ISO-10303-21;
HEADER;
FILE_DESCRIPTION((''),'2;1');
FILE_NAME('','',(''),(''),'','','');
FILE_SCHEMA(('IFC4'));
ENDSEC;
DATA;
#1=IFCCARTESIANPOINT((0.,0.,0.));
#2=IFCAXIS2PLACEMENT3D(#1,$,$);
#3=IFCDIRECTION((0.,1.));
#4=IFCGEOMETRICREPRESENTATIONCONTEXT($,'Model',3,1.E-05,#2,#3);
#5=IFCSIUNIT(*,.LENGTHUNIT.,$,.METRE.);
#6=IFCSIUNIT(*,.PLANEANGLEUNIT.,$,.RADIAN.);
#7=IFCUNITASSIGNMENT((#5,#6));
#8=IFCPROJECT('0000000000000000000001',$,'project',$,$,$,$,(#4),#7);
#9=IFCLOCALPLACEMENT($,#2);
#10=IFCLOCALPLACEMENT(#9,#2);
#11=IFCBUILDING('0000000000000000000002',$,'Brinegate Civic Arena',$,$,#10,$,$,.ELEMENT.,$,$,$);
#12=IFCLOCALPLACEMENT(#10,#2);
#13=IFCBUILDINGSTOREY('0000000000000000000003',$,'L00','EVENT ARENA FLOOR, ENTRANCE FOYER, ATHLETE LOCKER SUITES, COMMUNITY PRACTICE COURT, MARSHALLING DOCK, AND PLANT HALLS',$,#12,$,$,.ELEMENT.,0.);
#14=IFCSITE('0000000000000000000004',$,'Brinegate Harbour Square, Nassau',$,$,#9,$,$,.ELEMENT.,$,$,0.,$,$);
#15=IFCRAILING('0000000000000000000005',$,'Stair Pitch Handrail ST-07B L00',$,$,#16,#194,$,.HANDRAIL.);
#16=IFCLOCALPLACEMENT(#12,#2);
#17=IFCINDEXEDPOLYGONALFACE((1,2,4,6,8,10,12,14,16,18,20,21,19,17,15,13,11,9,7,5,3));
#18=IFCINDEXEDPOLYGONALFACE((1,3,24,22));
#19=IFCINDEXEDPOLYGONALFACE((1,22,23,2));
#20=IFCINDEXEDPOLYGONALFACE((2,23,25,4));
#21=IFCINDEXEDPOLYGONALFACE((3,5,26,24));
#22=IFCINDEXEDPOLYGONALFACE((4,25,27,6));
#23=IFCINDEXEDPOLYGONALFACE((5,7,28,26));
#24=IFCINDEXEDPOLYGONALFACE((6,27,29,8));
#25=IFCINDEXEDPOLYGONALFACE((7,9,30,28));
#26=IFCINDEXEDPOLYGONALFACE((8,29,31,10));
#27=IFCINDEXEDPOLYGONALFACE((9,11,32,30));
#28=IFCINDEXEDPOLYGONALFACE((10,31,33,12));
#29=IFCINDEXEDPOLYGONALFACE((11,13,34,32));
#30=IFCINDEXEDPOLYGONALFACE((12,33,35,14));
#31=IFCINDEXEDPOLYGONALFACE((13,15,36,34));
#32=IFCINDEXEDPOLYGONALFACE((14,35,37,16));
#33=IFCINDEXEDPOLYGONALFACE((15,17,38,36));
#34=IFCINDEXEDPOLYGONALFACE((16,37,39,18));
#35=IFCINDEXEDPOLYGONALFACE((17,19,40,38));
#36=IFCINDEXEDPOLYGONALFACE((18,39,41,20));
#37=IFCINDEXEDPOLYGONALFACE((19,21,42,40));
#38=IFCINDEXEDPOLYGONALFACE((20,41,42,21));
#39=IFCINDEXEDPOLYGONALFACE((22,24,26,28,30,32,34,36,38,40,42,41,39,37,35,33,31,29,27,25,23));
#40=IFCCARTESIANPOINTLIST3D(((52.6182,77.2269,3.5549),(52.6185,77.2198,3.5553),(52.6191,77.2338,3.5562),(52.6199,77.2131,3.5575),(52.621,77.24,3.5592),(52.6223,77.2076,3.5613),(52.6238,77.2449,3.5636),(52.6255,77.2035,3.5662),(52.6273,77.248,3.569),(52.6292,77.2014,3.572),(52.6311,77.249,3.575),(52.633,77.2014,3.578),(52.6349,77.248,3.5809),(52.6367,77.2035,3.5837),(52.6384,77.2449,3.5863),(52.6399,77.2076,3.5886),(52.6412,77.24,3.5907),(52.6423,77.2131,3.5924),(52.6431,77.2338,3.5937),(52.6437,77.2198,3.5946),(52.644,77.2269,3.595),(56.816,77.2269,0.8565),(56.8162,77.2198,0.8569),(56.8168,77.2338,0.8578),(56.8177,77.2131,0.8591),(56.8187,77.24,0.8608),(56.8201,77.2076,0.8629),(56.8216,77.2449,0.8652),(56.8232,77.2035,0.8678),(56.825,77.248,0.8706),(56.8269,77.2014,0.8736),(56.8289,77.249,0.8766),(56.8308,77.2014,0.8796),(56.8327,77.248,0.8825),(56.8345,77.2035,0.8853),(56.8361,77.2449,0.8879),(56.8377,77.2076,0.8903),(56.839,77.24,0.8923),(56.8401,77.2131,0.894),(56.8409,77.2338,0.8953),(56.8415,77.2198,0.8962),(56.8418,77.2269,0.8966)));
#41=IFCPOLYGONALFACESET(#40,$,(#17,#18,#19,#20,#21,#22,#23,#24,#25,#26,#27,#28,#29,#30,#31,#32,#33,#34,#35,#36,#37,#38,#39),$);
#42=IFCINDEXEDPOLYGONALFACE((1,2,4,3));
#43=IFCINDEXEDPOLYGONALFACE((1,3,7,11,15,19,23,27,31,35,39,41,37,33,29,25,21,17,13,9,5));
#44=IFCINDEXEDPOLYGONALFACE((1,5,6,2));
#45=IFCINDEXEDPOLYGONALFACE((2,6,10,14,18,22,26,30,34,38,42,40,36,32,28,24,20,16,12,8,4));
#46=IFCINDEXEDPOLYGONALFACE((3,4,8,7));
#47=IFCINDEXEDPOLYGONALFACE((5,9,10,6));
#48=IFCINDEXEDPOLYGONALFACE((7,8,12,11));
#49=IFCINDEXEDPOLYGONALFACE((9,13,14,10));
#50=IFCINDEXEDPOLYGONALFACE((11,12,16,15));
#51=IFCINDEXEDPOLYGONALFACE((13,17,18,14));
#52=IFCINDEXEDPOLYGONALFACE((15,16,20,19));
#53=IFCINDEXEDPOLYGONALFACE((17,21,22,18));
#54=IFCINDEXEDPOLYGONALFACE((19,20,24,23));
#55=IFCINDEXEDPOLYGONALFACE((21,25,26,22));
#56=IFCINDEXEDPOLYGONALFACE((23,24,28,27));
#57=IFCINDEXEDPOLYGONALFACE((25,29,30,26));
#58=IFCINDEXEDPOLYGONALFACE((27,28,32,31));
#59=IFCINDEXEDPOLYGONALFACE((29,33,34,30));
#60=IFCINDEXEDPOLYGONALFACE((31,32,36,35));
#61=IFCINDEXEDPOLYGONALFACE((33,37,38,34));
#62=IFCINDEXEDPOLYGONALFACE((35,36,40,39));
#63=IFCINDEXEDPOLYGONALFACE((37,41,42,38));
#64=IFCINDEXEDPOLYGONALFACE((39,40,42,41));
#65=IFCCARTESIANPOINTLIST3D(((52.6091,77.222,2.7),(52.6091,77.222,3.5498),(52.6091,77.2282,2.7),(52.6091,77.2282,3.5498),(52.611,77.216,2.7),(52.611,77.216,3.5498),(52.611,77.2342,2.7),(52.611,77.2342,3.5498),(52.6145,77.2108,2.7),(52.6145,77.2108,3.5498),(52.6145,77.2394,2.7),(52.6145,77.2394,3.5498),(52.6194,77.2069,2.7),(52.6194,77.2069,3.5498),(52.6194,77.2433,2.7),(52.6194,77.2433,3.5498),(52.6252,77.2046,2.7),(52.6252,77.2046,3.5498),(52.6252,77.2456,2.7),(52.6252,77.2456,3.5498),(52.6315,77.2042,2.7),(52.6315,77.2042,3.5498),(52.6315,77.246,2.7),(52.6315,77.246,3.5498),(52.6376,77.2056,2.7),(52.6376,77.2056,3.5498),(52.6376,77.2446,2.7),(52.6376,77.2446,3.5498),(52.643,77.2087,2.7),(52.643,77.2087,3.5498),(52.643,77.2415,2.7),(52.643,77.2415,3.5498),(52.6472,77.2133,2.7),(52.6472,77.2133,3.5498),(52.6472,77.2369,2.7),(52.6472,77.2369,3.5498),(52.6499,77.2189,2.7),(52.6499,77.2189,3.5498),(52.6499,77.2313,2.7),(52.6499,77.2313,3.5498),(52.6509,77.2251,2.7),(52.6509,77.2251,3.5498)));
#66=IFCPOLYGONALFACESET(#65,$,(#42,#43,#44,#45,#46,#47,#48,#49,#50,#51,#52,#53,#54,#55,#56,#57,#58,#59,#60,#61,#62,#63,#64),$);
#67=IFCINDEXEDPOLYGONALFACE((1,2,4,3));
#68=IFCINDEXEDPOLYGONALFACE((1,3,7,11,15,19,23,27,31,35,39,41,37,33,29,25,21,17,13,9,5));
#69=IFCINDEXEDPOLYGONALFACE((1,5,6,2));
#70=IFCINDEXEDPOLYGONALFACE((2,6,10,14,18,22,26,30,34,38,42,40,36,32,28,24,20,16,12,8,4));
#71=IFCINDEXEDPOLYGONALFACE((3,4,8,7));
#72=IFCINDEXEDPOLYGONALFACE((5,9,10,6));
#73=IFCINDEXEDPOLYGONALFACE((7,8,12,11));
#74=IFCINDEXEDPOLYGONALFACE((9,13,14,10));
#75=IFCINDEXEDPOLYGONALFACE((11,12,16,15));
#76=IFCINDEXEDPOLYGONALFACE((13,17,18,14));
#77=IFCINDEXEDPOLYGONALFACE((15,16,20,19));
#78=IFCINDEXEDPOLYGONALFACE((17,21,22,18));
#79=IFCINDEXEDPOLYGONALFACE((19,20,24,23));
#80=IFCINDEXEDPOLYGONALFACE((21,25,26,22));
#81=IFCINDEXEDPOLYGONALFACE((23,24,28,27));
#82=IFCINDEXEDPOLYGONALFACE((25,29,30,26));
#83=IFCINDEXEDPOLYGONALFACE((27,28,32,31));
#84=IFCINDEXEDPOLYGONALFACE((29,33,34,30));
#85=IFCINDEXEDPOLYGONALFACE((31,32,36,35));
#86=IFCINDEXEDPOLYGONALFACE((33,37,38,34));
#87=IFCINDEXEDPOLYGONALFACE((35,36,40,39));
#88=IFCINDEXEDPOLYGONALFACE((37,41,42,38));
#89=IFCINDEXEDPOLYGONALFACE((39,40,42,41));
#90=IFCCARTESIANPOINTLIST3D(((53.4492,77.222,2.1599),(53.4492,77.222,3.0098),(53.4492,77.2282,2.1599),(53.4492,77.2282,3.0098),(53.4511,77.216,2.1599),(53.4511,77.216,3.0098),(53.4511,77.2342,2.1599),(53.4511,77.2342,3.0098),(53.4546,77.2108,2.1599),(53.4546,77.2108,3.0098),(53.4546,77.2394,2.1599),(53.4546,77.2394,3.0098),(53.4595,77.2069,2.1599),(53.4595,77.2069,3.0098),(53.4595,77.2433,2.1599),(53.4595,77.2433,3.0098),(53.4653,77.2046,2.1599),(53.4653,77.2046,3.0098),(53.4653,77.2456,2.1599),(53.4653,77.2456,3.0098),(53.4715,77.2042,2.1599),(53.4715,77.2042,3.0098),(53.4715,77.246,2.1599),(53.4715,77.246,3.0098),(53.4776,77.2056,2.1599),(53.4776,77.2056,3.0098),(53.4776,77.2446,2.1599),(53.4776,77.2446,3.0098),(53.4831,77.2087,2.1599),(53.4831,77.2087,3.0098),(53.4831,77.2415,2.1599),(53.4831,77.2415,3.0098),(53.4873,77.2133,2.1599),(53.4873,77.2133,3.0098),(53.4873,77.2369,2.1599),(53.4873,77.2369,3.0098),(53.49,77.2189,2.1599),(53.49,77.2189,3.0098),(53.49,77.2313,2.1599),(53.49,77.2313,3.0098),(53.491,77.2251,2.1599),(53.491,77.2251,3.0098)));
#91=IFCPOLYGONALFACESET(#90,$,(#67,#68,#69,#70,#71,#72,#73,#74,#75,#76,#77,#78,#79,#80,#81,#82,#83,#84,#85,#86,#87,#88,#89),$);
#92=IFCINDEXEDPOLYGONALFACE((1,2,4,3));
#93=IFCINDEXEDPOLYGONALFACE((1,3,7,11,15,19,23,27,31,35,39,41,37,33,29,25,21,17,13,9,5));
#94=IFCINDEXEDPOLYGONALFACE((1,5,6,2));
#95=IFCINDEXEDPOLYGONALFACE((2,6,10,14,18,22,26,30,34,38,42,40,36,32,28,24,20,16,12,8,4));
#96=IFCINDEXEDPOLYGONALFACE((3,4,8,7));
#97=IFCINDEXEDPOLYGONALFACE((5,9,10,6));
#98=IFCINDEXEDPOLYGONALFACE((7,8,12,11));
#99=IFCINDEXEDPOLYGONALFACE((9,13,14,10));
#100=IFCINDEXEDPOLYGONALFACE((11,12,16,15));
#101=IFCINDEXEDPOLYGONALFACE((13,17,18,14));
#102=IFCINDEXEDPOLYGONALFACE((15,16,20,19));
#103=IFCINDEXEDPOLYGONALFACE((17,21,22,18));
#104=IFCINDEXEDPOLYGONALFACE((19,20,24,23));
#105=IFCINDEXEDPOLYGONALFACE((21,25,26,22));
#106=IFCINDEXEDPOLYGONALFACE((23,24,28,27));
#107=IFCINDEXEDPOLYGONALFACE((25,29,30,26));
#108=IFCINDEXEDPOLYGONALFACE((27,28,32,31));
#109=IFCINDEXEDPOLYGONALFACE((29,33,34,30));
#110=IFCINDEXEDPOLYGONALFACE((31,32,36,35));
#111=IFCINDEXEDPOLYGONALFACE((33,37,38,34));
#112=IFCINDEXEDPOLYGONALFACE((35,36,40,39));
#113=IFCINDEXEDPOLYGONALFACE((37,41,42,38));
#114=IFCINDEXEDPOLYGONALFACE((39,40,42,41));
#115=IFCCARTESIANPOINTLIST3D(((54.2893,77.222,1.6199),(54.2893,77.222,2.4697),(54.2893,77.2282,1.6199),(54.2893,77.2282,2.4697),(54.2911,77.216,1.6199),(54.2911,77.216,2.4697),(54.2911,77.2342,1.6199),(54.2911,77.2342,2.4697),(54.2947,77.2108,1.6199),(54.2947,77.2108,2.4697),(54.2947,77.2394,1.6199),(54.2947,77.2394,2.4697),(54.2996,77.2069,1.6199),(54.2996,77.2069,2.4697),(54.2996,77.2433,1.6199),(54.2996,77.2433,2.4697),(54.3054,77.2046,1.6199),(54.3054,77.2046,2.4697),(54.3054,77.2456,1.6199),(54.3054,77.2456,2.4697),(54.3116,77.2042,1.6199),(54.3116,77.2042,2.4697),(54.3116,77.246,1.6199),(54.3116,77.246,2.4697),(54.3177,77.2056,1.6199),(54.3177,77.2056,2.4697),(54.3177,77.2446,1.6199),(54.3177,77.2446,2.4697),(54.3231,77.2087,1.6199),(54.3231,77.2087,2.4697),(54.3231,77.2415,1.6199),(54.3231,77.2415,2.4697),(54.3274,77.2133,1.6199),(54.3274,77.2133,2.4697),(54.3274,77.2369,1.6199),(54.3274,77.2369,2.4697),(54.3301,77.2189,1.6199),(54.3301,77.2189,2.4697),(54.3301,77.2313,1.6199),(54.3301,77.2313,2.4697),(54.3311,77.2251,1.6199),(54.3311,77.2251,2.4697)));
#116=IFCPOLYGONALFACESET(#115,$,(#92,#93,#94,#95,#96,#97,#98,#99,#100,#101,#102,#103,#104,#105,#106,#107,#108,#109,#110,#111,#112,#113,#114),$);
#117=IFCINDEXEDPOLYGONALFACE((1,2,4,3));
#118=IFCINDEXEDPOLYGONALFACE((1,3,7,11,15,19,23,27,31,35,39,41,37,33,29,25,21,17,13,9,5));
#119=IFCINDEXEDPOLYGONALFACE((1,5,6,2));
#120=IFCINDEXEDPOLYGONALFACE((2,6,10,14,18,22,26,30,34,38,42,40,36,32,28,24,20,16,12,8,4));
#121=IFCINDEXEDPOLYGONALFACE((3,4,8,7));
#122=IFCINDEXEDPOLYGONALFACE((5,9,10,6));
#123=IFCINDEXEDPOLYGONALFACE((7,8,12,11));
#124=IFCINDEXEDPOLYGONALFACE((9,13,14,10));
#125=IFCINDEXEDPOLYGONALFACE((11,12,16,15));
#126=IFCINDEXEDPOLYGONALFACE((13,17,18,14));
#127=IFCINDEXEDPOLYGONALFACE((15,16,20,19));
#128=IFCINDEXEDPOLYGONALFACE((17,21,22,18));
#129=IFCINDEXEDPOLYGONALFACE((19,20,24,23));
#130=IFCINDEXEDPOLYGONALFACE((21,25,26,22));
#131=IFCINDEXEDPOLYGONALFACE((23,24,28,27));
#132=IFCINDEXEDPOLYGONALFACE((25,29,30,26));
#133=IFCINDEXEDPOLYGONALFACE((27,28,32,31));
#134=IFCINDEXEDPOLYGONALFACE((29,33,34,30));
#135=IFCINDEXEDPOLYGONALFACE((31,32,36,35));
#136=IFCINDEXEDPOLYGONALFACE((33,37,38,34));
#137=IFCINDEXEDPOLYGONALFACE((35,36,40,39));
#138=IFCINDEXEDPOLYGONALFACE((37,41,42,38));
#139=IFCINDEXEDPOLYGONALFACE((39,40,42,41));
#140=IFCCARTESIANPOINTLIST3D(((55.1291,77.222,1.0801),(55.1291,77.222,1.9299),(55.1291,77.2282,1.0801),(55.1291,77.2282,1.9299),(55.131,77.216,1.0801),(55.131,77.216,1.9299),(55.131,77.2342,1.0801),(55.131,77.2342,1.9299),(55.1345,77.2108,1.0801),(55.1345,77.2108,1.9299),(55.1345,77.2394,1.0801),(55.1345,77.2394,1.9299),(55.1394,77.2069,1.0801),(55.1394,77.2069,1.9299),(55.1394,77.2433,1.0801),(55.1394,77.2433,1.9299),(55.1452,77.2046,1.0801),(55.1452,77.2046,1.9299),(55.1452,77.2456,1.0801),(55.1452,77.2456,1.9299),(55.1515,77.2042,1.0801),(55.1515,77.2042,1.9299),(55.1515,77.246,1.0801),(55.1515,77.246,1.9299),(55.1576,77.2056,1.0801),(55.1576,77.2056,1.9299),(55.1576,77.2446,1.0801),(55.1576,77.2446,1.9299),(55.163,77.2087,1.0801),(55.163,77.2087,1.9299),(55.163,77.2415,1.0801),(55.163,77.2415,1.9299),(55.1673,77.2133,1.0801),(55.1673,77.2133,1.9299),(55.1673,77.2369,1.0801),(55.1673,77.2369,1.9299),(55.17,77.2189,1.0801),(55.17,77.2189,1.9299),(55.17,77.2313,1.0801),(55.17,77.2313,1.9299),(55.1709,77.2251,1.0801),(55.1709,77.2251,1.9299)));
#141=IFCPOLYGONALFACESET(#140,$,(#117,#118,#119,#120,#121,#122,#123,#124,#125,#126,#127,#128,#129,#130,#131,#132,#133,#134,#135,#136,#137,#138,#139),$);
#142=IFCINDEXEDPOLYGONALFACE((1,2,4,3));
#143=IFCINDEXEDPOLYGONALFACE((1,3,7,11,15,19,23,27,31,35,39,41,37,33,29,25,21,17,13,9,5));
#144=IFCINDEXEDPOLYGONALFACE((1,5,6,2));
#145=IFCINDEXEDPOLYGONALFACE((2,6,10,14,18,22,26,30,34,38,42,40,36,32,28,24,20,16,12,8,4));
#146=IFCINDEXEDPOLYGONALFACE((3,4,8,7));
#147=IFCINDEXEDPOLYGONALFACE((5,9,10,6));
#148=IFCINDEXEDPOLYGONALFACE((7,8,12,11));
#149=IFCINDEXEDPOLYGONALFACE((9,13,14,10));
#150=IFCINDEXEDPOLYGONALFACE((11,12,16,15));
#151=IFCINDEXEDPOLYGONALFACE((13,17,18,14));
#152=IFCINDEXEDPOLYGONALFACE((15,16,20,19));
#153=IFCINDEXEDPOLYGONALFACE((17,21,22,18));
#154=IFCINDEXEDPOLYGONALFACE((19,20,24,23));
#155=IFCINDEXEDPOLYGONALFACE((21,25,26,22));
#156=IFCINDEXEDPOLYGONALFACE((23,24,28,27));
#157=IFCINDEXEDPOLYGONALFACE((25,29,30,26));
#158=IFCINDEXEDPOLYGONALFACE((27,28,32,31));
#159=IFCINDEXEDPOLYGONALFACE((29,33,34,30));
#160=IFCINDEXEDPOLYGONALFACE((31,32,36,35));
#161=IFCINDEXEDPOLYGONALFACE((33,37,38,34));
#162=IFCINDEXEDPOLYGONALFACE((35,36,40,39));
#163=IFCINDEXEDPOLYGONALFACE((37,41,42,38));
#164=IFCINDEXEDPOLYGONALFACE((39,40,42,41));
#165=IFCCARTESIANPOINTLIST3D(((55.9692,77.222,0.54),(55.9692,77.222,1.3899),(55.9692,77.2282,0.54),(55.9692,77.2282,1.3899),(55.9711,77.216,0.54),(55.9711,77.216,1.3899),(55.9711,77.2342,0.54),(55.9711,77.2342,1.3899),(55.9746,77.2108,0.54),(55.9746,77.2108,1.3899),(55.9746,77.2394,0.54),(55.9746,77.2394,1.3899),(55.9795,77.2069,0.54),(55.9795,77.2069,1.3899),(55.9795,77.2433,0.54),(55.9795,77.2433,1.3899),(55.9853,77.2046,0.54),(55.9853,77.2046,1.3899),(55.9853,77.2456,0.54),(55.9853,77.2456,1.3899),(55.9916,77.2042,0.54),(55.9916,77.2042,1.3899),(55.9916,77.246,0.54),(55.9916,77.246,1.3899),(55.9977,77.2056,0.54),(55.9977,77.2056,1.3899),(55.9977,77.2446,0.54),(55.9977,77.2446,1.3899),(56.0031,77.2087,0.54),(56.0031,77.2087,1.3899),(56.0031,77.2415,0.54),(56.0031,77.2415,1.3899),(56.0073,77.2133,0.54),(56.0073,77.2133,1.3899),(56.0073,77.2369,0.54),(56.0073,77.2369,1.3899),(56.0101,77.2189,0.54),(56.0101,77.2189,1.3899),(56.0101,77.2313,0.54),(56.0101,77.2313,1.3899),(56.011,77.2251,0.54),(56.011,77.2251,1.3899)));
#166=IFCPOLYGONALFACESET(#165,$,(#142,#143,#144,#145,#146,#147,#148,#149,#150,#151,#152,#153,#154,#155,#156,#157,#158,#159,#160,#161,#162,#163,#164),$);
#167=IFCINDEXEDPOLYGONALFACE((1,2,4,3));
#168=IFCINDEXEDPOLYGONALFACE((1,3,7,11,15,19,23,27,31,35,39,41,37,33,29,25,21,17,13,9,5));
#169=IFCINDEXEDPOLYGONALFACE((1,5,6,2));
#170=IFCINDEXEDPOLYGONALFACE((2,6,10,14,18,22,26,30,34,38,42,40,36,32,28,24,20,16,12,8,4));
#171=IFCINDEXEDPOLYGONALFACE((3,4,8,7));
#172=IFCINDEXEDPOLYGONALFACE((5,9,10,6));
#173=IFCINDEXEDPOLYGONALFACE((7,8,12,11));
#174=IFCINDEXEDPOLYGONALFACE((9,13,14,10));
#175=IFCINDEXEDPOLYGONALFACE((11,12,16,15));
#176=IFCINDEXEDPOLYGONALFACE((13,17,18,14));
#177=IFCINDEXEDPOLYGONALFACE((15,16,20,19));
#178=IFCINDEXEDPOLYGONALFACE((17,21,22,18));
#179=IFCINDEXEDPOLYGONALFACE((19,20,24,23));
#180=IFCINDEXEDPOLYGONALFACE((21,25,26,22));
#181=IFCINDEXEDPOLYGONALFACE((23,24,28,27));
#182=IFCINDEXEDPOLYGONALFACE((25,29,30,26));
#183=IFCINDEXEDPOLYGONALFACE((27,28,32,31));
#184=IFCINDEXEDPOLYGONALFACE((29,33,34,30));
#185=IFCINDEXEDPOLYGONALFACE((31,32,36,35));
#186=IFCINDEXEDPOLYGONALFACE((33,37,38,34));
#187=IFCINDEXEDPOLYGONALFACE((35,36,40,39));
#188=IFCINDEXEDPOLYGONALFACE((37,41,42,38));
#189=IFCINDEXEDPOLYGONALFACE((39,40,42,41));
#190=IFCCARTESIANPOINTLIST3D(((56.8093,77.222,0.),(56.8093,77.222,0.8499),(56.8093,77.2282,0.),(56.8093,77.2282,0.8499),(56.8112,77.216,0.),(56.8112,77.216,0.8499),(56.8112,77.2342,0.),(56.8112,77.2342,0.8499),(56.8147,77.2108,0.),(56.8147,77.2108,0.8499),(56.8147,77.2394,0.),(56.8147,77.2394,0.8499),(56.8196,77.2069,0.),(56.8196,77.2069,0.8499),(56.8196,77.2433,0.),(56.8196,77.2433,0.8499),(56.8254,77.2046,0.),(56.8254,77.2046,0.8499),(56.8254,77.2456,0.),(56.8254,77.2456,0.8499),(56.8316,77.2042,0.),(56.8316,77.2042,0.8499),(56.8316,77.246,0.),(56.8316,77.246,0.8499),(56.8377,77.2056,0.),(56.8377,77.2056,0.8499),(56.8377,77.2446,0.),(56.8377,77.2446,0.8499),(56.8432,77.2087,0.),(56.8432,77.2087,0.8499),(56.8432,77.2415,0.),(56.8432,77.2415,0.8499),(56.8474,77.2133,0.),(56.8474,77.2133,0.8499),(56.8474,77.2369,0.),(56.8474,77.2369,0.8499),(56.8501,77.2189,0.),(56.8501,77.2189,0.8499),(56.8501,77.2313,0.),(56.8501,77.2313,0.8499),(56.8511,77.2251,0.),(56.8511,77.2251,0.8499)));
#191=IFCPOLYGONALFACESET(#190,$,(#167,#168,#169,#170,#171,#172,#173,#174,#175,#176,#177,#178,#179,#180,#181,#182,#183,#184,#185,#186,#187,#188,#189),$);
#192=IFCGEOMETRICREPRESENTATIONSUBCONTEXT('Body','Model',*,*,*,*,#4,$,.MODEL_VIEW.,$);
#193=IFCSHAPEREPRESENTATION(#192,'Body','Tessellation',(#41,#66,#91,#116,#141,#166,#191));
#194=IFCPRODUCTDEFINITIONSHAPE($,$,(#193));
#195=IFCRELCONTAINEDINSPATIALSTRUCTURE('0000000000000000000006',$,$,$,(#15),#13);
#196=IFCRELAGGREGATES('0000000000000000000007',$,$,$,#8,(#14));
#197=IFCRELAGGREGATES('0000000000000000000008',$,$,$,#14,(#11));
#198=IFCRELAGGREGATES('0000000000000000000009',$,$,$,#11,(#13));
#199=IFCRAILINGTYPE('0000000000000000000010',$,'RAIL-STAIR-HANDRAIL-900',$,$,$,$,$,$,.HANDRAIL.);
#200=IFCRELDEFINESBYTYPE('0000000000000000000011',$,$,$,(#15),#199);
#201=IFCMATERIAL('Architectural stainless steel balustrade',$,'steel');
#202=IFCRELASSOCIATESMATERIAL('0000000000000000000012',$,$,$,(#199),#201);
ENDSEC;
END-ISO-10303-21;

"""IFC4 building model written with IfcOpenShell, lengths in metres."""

from ifc_helpers import new_model, si_unit, direction, frame, origin, origin_2d, place, context, subcontext, project, spatial, circle, extrude, material, type_object, element, save


model = new_model("IFC4")

# Units and contexts
model_context = context("Model", 3, precision=1e-05, world=origin(), true_north=direction((0.0, 1.0)))
body_context = subcontext(model_context, "Body", "Model", "MODEL_VIEW")
ifc_project = project(units=[si_unit("LENGTHUNIT", "METRE"), si_unit("PLANEANGLEUNIT", "RADIAN")], contexts=[model_context])

# Site, building, storey
site_placement = place(None, origin())
site = spatial("IfcSite", under=ifc_project, at=site_placement, Name="Brinegate Harbour Square, Nassau", CompositionType="ELEMENT", RefElevation=0.0)
building_placement = place(site_placement, origin())
building = spatial("IfcBuilding", under=site, at=building_placement, Name="Brinegate Civic Arena", CompositionType="ELEMENT")
storey_placement = place(building_placement, origin())
storey = spatial("IfcBuildingStorey", under=building, at=storey_placement, Name="L00", Description="EVENT ARENA FLOOR, ENTRANCE FOYER, ATHLETE LOCKER SUITES, COMMUNITY PRACTICE COURT, MARSHALLING DOCK, AND PLANT HALLS", CompositionType="ELEMENT", Elevation=0.0)

# Railing
ifc_material_1 = material(Name="Architectural stainless steel balustrade", Category="steel")
railing_type = type_object("IfcRailingType", Name="RAIL-STAIR-HANDRAIL-900", PredefinedType="HANDRAIL", material=ifc_material_1)
railing_placement = place(storey_placement, frame((52.6299, 77.2251, 2.7)))
element("IfcRailing", 1, at=railing_placement, inside=storey, type_object=railing_type, Name="Stair Pitch Handrail ST-07B L00", PredefinedType="HANDRAIL", context=body_context, shape_type="SweptSolid", body=[
    extrude(circle(Radius=0.0239, at=origin_2d()), frame((0.0012, 0.0, 0.875), z_axis=(0.841194, 0.0, -0.540733), x_axis=(0.0, 1.0, 0.0)), (0.0, 0.0, 1.0), 4.9902),
    extrude(circle(Radius=0.021, at=origin_2d()), origin(), (0.0, 0.0, 1.0), 0.8499),
    extrude(circle(Radius=0.021, at=origin_2d()), frame((0.8401, 0.0, -0.54)), (0.0, 0.0, 1.0), 0.8499),
    extrude(circle(Radius=0.021, at=origin_2d()), frame((1.6802, 0.0, -1.0801)), (0.0, 0.0, 1.0), 0.8499),
    extrude(circle(Radius=0.021, at=origin_2d()), frame((2.52, 0.0, -1.6199)), (0.0, 0.0, 1.0), 0.8499),
    extrude(circle(Radius=0.021, at=origin_2d()), frame((3.3601, 0.0, -2.1599)), (0.0, 0.0, 1.0), 0.8499),
    extrude(circle(Radius=0.021, at=origin_2d()), frame((4.2002, 0.0, -2.7)), (0.0, 0.0, 1.0), 0.8499),
])

save(model, "model.ifc")
